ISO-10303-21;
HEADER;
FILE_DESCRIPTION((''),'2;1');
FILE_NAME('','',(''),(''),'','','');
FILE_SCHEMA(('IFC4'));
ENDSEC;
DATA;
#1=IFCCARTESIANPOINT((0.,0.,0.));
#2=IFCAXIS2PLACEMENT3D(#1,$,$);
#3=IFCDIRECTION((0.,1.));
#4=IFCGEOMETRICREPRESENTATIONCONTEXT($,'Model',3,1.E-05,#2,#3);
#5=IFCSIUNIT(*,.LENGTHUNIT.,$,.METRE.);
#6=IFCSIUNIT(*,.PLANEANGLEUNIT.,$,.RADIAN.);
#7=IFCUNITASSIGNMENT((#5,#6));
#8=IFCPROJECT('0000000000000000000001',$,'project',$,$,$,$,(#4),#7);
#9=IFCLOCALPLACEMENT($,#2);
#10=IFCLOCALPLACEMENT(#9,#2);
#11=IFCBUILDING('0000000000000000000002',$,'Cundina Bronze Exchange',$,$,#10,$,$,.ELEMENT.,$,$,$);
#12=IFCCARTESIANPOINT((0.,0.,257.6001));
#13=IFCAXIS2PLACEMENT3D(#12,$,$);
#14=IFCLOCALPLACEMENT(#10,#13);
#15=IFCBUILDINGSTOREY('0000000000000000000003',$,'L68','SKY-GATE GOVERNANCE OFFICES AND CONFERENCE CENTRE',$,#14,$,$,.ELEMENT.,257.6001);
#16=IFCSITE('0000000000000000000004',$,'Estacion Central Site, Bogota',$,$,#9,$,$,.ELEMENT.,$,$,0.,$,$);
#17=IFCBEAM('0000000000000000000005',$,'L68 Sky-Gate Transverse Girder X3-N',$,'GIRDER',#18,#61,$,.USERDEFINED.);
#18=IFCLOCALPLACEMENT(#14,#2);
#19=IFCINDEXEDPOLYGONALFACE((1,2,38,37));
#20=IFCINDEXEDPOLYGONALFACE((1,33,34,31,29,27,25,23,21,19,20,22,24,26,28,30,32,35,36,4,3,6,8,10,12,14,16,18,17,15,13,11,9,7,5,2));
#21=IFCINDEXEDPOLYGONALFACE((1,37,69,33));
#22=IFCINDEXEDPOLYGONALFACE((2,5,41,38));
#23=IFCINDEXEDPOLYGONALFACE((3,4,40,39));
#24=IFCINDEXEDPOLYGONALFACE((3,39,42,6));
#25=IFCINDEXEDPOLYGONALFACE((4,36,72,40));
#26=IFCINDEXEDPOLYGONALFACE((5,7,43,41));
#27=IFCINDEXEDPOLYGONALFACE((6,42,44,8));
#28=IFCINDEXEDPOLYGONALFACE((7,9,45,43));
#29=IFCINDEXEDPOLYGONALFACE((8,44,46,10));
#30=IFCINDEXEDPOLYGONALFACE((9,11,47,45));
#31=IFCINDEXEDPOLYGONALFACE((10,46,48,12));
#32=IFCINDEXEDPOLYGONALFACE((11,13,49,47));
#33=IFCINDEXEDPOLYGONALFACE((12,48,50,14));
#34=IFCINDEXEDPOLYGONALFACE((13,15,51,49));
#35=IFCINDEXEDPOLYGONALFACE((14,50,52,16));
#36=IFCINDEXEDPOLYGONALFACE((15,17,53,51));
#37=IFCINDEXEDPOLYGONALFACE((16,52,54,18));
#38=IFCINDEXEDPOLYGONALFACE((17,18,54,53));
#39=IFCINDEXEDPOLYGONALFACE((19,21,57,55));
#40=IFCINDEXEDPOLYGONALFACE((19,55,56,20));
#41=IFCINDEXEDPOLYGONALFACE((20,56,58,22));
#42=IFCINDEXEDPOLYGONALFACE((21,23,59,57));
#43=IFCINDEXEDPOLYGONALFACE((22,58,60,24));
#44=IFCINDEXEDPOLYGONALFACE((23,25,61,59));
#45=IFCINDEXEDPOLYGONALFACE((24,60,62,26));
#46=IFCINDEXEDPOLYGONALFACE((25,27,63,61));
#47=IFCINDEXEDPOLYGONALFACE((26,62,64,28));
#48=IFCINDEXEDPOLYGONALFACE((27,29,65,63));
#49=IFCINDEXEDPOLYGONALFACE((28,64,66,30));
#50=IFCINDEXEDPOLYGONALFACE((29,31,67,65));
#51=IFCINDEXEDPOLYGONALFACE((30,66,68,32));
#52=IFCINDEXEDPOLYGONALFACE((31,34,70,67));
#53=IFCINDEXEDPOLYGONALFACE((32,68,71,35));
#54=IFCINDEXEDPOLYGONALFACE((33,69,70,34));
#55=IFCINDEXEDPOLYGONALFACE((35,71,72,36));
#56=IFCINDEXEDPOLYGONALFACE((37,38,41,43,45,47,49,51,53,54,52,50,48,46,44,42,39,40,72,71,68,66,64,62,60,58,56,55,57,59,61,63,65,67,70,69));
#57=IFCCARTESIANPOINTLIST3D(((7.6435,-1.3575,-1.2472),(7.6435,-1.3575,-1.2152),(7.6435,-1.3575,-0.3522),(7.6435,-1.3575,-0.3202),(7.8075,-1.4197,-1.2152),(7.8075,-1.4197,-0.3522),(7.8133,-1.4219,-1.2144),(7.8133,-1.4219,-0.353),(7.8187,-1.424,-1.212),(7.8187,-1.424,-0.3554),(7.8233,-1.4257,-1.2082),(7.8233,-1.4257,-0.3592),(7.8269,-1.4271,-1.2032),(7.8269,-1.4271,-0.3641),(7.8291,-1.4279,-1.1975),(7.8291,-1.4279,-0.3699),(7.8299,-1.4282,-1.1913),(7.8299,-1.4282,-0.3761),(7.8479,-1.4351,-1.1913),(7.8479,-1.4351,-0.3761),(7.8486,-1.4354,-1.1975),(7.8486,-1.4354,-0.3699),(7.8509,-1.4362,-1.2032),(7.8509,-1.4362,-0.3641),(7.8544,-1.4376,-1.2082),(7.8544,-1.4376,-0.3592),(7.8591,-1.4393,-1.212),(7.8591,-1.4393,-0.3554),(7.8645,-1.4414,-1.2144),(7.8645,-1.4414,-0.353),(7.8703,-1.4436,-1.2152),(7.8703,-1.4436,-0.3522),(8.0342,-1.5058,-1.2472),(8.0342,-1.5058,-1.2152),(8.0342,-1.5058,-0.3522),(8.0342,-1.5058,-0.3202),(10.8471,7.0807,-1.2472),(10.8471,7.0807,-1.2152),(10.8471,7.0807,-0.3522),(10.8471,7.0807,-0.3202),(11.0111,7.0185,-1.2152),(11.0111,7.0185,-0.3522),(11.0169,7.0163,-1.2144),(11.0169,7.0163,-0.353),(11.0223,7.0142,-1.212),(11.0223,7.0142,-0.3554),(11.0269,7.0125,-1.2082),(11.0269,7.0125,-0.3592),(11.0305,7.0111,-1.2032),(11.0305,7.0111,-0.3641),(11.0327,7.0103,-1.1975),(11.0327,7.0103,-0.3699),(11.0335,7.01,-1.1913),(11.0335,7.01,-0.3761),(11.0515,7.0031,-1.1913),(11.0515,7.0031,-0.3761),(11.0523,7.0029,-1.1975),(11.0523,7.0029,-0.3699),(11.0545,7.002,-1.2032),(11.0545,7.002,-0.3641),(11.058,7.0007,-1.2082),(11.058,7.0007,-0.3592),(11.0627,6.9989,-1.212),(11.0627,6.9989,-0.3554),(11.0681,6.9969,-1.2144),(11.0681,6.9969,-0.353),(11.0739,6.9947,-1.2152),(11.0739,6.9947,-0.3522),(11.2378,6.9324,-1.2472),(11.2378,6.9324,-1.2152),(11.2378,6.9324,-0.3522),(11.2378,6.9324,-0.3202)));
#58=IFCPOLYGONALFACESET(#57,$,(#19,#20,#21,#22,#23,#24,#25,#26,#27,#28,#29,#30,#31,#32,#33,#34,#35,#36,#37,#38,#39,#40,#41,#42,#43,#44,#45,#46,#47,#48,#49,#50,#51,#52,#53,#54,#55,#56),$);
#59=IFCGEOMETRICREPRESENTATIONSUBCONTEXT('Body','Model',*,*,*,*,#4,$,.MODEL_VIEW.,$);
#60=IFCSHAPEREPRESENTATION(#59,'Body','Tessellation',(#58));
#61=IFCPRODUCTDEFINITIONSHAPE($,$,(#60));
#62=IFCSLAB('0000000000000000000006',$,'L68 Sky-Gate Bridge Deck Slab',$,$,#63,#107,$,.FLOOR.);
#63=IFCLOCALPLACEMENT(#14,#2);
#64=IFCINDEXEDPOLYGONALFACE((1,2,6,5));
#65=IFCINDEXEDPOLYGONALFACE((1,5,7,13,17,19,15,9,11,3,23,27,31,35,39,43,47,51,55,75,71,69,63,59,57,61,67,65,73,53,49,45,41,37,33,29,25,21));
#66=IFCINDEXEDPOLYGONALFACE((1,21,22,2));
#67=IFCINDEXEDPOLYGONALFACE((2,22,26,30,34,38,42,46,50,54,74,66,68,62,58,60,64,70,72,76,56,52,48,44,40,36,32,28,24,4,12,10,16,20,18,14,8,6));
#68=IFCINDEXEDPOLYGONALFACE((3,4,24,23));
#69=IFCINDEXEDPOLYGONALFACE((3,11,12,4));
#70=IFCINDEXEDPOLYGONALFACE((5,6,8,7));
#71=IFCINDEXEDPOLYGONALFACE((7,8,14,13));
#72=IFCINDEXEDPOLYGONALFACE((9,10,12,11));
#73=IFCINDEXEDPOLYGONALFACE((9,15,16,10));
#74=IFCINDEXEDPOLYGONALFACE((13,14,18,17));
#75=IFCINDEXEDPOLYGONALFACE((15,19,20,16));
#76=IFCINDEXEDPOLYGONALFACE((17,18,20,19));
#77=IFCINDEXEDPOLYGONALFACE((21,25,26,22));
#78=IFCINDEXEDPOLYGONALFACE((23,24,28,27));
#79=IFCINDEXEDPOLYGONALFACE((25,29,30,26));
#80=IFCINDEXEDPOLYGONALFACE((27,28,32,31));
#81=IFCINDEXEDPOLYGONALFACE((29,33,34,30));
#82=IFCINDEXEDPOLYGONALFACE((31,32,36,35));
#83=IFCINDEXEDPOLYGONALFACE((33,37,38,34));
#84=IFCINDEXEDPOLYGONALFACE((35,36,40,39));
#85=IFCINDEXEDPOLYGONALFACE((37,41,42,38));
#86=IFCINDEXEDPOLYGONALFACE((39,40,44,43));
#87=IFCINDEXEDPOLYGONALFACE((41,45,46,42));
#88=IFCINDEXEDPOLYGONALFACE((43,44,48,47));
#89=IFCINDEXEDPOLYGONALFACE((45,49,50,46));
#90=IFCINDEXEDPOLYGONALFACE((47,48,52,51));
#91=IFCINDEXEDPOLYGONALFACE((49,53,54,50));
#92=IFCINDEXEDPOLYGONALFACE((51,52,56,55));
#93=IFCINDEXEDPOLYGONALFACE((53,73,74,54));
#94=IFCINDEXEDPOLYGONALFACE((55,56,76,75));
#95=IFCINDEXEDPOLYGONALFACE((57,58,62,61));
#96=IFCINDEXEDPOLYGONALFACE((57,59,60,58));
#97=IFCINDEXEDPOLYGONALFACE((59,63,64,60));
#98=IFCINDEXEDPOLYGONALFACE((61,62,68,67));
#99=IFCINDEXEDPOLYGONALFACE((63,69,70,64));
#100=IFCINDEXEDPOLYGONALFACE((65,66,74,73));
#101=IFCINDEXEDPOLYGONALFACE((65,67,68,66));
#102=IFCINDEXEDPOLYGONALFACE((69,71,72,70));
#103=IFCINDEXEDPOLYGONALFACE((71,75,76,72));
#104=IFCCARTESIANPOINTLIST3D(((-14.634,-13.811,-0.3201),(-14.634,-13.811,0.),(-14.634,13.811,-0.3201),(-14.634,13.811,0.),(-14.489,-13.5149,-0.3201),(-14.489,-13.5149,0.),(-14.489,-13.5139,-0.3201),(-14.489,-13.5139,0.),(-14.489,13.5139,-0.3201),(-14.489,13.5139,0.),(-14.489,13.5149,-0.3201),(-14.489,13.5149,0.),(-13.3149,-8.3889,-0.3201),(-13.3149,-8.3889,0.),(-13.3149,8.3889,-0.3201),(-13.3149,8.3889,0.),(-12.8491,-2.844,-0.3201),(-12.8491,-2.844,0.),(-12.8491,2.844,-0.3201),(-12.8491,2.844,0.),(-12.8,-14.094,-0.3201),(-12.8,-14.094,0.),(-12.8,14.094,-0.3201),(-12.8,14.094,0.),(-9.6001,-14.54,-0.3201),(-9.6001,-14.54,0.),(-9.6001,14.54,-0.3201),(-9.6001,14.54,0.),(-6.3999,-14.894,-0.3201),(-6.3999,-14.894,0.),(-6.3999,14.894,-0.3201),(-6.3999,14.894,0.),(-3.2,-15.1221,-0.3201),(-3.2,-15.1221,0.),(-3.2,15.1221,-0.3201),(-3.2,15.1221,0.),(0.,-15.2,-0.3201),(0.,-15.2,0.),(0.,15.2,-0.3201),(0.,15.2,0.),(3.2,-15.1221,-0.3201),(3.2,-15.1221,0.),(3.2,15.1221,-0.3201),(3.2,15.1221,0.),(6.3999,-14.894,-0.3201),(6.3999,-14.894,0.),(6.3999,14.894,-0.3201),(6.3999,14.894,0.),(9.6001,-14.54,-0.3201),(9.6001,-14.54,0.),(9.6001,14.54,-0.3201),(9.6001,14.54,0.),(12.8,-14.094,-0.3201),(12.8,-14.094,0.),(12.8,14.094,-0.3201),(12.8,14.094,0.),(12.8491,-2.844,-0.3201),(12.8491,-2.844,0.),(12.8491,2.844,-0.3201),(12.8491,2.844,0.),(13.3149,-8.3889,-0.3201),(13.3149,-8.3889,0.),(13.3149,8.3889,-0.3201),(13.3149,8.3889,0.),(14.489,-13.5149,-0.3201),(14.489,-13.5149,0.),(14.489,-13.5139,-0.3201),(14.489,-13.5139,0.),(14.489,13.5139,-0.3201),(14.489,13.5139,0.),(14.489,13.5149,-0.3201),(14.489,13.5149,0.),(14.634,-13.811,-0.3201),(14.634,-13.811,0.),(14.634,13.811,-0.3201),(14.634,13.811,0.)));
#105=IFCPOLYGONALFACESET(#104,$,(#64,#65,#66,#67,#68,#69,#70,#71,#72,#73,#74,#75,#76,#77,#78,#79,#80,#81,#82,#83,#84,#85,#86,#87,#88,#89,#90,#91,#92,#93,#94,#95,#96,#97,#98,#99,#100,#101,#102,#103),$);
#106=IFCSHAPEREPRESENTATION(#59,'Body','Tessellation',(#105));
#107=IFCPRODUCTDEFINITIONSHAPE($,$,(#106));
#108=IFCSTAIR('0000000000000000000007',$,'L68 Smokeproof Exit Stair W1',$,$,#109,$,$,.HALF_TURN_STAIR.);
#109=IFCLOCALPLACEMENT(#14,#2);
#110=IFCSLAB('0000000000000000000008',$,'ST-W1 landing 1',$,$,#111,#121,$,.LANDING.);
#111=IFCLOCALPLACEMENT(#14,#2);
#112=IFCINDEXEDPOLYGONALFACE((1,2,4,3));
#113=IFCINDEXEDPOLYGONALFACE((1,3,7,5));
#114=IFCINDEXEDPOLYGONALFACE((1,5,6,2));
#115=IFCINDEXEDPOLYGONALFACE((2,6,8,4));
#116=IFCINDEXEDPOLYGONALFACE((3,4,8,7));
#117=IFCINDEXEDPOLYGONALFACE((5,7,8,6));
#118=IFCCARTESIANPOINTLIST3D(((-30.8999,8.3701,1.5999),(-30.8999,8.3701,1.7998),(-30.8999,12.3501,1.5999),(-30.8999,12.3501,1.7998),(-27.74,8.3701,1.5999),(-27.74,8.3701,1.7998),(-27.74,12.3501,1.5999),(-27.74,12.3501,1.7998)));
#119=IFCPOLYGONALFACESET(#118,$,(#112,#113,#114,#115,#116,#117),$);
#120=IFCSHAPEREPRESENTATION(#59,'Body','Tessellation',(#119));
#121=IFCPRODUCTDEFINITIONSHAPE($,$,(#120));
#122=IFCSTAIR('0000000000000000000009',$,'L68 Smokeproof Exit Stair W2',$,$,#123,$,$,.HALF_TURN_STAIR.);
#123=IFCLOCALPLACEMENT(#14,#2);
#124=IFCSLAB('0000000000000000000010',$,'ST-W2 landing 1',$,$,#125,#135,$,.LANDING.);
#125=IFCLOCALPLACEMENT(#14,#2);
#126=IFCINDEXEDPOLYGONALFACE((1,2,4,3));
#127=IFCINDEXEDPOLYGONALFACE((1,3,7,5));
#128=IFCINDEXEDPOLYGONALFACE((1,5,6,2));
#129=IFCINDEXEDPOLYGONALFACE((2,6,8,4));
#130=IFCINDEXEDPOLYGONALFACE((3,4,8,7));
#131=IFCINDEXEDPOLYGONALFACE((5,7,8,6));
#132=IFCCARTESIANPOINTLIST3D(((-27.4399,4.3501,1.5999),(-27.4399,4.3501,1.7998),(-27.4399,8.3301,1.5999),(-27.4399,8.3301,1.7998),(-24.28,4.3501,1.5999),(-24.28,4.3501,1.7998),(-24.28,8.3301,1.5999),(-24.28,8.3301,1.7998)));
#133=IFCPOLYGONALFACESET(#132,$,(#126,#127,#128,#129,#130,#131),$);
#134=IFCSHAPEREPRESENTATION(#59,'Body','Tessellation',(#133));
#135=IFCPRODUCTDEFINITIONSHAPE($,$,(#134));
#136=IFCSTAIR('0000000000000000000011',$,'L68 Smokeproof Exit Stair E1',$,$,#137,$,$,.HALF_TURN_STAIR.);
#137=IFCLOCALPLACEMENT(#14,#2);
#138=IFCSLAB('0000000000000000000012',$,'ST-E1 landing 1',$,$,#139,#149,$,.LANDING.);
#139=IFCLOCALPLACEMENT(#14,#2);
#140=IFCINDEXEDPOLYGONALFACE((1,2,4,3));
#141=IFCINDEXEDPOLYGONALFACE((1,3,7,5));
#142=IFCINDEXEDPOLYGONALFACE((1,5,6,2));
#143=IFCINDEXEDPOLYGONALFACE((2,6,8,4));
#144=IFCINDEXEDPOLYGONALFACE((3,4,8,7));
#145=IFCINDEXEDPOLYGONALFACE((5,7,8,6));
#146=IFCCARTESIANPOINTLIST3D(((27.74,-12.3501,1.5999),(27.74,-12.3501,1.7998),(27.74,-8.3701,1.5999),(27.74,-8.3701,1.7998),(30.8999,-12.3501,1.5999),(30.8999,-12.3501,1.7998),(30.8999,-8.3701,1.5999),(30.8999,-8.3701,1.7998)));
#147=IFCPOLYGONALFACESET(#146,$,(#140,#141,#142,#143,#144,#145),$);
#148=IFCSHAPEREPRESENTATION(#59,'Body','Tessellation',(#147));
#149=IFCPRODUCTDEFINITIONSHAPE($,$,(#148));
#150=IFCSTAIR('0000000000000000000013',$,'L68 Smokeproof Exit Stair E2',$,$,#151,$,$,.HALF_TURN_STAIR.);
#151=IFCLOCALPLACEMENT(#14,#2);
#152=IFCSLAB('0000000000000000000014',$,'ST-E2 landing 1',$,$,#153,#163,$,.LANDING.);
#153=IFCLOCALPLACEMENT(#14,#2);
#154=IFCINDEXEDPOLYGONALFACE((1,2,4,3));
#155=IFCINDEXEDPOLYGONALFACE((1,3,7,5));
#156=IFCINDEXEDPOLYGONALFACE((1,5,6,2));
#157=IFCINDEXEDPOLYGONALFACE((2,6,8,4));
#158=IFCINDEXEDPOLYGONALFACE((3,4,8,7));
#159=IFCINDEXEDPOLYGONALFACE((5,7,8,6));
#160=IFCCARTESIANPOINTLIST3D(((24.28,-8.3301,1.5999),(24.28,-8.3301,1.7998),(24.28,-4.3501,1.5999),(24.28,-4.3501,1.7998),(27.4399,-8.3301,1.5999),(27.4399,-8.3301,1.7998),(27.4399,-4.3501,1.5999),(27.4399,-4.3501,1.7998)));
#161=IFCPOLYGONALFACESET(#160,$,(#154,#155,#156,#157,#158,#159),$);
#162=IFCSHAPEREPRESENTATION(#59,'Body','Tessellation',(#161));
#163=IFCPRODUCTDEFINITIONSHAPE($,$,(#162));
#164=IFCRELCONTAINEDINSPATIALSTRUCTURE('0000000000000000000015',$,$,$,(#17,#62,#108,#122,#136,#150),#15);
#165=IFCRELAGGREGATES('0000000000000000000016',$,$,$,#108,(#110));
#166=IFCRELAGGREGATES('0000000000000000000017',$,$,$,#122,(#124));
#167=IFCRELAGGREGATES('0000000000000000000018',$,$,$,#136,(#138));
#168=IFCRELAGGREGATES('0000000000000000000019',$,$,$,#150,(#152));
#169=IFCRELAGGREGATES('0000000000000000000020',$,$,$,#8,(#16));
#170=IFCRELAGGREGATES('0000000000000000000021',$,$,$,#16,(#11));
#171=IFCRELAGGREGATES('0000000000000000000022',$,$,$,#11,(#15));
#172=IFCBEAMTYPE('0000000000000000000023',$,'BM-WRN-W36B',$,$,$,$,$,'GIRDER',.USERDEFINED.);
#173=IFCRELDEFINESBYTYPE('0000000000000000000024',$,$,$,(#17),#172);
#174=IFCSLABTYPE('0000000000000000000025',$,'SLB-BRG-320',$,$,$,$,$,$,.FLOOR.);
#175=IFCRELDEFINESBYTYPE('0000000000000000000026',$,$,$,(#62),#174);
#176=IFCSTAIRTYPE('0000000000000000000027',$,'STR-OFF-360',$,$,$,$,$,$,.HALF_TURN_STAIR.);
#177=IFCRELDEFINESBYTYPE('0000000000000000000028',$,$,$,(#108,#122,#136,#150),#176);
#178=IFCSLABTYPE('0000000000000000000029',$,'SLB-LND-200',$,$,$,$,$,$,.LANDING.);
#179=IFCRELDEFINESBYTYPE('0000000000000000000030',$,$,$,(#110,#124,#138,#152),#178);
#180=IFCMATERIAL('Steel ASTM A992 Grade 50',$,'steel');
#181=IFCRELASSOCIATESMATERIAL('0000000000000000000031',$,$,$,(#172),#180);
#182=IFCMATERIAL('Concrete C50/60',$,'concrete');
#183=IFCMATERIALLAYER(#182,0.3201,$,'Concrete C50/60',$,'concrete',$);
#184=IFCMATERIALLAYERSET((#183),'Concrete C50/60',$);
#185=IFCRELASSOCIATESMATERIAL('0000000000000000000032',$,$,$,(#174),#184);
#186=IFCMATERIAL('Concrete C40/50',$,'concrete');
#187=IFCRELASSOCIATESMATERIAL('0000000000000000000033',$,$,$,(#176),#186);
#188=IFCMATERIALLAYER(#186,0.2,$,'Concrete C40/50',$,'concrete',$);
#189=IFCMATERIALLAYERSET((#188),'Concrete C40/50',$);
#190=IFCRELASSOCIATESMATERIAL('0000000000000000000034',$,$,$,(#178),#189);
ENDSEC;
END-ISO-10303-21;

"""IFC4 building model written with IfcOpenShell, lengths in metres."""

from ifc_helpers import new_model, si_unit, direction, frame, origin, origin_2d, place, context, subcontext, project, spatial, polyline, i_section, outline, extrude, material, layer, layer_set, material_profile, profile_set, type_object, element, aggregate, save


model = new_model("IFC4")

# Units and contexts
model_context = context("Model", 3, precision=1e-05, world=origin(), true_north=direction((0.0, 1.0)))
body_context = subcontext(model_context, "Body", "Model", "MODEL_VIEW")
ifc_project = project(units=[si_unit("LENGTHUNIT", "METRE"), si_unit("PLANEANGLEUNIT", "RADIAN")], contexts=[model_context])

# Site, building, storey
site_placement = place(None, origin())
site = spatial("IfcSite", under=ifc_project, at=site_placement, Name="Estacion Central Site, Bogota", CompositionType="ELEMENT", RefElevation=0.0)
building_placement = place(site_placement, origin())
building = spatial("IfcBuilding", under=site, at=building_placement, Name="Cundina Bronze Exchange", CompositionType="ELEMENT")
storey_placement = place(building_placement, frame((0.0, 0.0, 257.6001)))
storey = spatial("IfcBuildingStorey", under=building, at=storey_placement, Name="L68", Description="SKY-GATE GOVERNANCE OFFICES AND CONFERENCE CENTRE", CompositionType="ELEMENT", Elevation=257.6001)

# Shared definitions
ifc_material_1 = material(Name="Concrete C50/60", Category="concrete")

# Beam
ifc_material_2 = material(Name="Steel ASTM A992 Grade 50", Category="steel")
ifc_material_profile_1 = material_profile(ifc_material_2, i_section(OverallWidth=0.418, OverallDepth=0.927, WebThickness=0.0193, FlangeThickness=0.032, FilletRadius=0.0239, at=origin_2d()), Name="W36X231", Category="steel")
ifc_profile_set_1 = profile_set([ifc_material_profile_1], Name="Steel ASTM A992 Grade 50")
beam_type_1 = type_object("IfcBeamType", Name="BM-WRN-W36B", ElementType="GIRDER", PredefinedType="USERDEFINED", material=ifc_profile_set_1)
beam_1_placement = place(storey_placement, frame((7.8389, -1.4316, -0.7837), z_axis=(0.354936, 0.934891, 0.0), x_axis=(-0.934891, 0.354936, 0.0)))
element("IfcBeam", 1, at=beam_1_placement, inside=storey, type_object=beam_type_1, Name="L68 Sky-Gate Transverse Girder X3-N", ObjectType="GIRDER", PredefinedType="USERDEFINED", context=body_context, shape_type="SweptSolid", body=[
    extrude(i_section(OverallWidth=0.418, OverallDepth=0.927, WebThickness=0.0193, FlangeThickness=0.032, FilletRadius=0.0239, at=origin_2d()), origin(), (0.0, 0.0, 1.0), 9.0259),
])

# Slab
ifc_layer_1 = layer(ifc_material_1, 0.3201, Name="Concrete C50/60", Category="concrete")
ifc_layer_set_1 = layer_set([ifc_layer_1], Name="Concrete C50/60")
slab_type_1 = type_object("IfcSlabType", Name="SLB-BRG-320", PredefinedType="FLOOR", material=ifc_layer_set_1)
slab_1_placement = place(storey_placement, frame((0.0, 0.0, -0.3201)))
element("IfcSlab", 2, at=slab_1_placement, inside=storey, type_object=slab_type_1, Name="L68 Sky-Gate Bridge Deck Slab", PredefinedType="FLOOR", context=body_context, shape_type="SweptSolid", body=[
    extrude(outline(polyline([(12.8, -14.094), (9.6001, -14.54), (6.3999, -14.894), (3.2, -15.1221), (0.0, -15.2), (-3.2, -15.1221), (-6.3999, -14.894), (-9.6001, -14.54), (-12.8, -14.094), (-14.634, -13.811), (-14.489, -13.5149), (-14.489, -13.5149), (-14.489, -13.5139), (-13.3149, -8.3889), (-13.3149, -8.3889), (-12.8491, -2.844), (-12.8491, -2.844), (-12.8491, 2.844), (-12.8491, 2.844), (-13.3149, 8.3889), (-13.3149, 8.3889), (-14.489, 13.5139), (-14.489, 13.5149), (-14.489, 13.5149), (-14.634, 13.811), (-12.8, 14.094), (-9.6001, 14.54), (-6.3999, 14.894), (-3.2, 15.1221), (0.0, 15.2), (3.2, 15.1221), (6.3999, 14.894), (9.6001, 14.54), (12.8, 14.094), (14.634, 13.811), (14.489, 13.5149), (14.489, 13.5149), (14.489, 13.5139), (13.3149, 8.3889), (13.3149, 8.3889), (12.8491, 2.844), (12.8491, 2.844), (12.8491, -2.844), (12.8491, -2.844), (13.3149, -8.3889), (13.3149, -8.3889), (14.489, -13.5139), (14.489, -13.5149), (14.489, -13.5149), (14.634, -13.811), (12.8, -14.094)])), origin(), (0.0, 0.0, 1.0), 0.3201),
])

# Stairs, slabs
ifc_material_3 = material(Name="Concrete C40/50", Category="concrete")
stair_type = type_object("IfcStairType", Name="STR-OFF-360", PredefinedType="HALF_TURN_STAIR", material=ifc_material_3)
stair_1_placement = place(storey_placement, origin())
stair_1 = element("IfcStair", 3, at=stair_1_placement, inside=storey, type_object=stair_type, Name="L68 Smokeproof Exit Stair W1", PredefinedType="HALF_TURN_STAIR")
ifc_layer_2 = layer(ifc_material_3, 0.2, Name="Concrete C40/50", Category="concrete")
ifc_layer_set_2 = layer_set([ifc_layer_2], Name="Concrete C40/50")
slab_type_2 = type_object("IfcSlabType", Name="SLB-LND-200", PredefinedType="LANDING", material=ifc_layer_set_2)
slab_2_placement = place(storey_placement, frame((0.0, 0.0, 1.5999)))
slab_2 = element("IfcSlab", 4, at=slab_2_placement, type_object=slab_type_2, Name="ST-W1 landing 1", PredefinedType="LANDING", context=body_context, shape_type="SweptSolid", body=[
    extrude(outline(polyline([(-27.74, 8.3701), (-27.74, 12.3501), (-30.8999, 12.3501), (-30.8999, 8.3701), (-27.74, 8.3701)])), origin(), (0.0, 0.0, 1.0), 0.2),
])
aggregate(stair_1, [slab_2])
stair_2_placement = place(storey_placement, origin())
stair_2 = element("IfcStair", 5, at=stair_2_placement, inside=storey, type_object=stair_type, Name="L68 Smokeproof Exit Stair W2", PredefinedType="HALF_TURN_STAIR")
slab_3_placement = place(storey_placement, frame((0.0, 0.0, 1.5999)))
slab_3 = element("IfcSlab", 6, at=slab_3_placement, type_object=slab_type_2, Name="ST-W2 landing 1", PredefinedType="LANDING", context=body_context, shape_type="SweptSolid", body=[
    extrude(outline(polyline([(-27.4399, 8.3301), (-27.4399, 4.3501), (-24.28, 4.3501), (-24.28, 8.3301), (-27.4399, 8.3301)])), origin(), (0.0, 0.0, 1.0), 0.2),
])
aggregate(stair_2, [slab_3])
stair_3_placement = place(storey_placement, origin())
stair_3 = element("IfcStair", 7, at=stair_3_placement, inside=storey, type_object=stair_type, Name="L68 Smokeproof Exit Stair E1", PredefinedType="HALF_TURN_STAIR")
slab_4_placement = place(storey_placement, frame((0.0, 0.0, 1.5999)))
slab_4 = element("IfcSlab", 8, at=slab_4_placement, type_object=slab_type_2, Name="ST-E1 landing 1", PredefinedType="LANDING", context=body_context, shape_type="SweptSolid", body=[
    extrude(outline(polyline([(27.74, -8.3701), (27.74, -12.3501), (30.8999, -12.3501), (30.8999, -8.3701), (27.74, -8.3701)])), origin(), (0.0, 0.0, 1.0), 0.2),
])
aggregate(stair_3, [slab_4])
stair_4_placement = place(storey_placement, origin())
stair_4 = element("IfcStair", 9, at=stair_4_placement, inside=storey, type_object=stair_type, Name="L68 Smokeproof Exit Stair E2", PredefinedType="HALF_TURN_STAIR")
slab_5_placement = place(storey_placement, frame((0.0, 0.0, 1.5999)))
slab_5 = element("IfcSlab", 10, at=slab_5_placement, type_object=slab_type_2, Name="ST-E2 landing 1", PredefinedType="LANDING", context=body_context, shape_type="SweptSolid", body=[
    extrude(outline(polyline([(27.4399, -8.3301), (27.4399, -4.3501), (24.28, -4.3501), (24.28, -8.3301), (27.4399, -8.3301)])), origin(), (0.0, 0.0, 1.0), 0.2),
])
aggregate(stair_4, [slab_5])

save(model, "model.ifc")
